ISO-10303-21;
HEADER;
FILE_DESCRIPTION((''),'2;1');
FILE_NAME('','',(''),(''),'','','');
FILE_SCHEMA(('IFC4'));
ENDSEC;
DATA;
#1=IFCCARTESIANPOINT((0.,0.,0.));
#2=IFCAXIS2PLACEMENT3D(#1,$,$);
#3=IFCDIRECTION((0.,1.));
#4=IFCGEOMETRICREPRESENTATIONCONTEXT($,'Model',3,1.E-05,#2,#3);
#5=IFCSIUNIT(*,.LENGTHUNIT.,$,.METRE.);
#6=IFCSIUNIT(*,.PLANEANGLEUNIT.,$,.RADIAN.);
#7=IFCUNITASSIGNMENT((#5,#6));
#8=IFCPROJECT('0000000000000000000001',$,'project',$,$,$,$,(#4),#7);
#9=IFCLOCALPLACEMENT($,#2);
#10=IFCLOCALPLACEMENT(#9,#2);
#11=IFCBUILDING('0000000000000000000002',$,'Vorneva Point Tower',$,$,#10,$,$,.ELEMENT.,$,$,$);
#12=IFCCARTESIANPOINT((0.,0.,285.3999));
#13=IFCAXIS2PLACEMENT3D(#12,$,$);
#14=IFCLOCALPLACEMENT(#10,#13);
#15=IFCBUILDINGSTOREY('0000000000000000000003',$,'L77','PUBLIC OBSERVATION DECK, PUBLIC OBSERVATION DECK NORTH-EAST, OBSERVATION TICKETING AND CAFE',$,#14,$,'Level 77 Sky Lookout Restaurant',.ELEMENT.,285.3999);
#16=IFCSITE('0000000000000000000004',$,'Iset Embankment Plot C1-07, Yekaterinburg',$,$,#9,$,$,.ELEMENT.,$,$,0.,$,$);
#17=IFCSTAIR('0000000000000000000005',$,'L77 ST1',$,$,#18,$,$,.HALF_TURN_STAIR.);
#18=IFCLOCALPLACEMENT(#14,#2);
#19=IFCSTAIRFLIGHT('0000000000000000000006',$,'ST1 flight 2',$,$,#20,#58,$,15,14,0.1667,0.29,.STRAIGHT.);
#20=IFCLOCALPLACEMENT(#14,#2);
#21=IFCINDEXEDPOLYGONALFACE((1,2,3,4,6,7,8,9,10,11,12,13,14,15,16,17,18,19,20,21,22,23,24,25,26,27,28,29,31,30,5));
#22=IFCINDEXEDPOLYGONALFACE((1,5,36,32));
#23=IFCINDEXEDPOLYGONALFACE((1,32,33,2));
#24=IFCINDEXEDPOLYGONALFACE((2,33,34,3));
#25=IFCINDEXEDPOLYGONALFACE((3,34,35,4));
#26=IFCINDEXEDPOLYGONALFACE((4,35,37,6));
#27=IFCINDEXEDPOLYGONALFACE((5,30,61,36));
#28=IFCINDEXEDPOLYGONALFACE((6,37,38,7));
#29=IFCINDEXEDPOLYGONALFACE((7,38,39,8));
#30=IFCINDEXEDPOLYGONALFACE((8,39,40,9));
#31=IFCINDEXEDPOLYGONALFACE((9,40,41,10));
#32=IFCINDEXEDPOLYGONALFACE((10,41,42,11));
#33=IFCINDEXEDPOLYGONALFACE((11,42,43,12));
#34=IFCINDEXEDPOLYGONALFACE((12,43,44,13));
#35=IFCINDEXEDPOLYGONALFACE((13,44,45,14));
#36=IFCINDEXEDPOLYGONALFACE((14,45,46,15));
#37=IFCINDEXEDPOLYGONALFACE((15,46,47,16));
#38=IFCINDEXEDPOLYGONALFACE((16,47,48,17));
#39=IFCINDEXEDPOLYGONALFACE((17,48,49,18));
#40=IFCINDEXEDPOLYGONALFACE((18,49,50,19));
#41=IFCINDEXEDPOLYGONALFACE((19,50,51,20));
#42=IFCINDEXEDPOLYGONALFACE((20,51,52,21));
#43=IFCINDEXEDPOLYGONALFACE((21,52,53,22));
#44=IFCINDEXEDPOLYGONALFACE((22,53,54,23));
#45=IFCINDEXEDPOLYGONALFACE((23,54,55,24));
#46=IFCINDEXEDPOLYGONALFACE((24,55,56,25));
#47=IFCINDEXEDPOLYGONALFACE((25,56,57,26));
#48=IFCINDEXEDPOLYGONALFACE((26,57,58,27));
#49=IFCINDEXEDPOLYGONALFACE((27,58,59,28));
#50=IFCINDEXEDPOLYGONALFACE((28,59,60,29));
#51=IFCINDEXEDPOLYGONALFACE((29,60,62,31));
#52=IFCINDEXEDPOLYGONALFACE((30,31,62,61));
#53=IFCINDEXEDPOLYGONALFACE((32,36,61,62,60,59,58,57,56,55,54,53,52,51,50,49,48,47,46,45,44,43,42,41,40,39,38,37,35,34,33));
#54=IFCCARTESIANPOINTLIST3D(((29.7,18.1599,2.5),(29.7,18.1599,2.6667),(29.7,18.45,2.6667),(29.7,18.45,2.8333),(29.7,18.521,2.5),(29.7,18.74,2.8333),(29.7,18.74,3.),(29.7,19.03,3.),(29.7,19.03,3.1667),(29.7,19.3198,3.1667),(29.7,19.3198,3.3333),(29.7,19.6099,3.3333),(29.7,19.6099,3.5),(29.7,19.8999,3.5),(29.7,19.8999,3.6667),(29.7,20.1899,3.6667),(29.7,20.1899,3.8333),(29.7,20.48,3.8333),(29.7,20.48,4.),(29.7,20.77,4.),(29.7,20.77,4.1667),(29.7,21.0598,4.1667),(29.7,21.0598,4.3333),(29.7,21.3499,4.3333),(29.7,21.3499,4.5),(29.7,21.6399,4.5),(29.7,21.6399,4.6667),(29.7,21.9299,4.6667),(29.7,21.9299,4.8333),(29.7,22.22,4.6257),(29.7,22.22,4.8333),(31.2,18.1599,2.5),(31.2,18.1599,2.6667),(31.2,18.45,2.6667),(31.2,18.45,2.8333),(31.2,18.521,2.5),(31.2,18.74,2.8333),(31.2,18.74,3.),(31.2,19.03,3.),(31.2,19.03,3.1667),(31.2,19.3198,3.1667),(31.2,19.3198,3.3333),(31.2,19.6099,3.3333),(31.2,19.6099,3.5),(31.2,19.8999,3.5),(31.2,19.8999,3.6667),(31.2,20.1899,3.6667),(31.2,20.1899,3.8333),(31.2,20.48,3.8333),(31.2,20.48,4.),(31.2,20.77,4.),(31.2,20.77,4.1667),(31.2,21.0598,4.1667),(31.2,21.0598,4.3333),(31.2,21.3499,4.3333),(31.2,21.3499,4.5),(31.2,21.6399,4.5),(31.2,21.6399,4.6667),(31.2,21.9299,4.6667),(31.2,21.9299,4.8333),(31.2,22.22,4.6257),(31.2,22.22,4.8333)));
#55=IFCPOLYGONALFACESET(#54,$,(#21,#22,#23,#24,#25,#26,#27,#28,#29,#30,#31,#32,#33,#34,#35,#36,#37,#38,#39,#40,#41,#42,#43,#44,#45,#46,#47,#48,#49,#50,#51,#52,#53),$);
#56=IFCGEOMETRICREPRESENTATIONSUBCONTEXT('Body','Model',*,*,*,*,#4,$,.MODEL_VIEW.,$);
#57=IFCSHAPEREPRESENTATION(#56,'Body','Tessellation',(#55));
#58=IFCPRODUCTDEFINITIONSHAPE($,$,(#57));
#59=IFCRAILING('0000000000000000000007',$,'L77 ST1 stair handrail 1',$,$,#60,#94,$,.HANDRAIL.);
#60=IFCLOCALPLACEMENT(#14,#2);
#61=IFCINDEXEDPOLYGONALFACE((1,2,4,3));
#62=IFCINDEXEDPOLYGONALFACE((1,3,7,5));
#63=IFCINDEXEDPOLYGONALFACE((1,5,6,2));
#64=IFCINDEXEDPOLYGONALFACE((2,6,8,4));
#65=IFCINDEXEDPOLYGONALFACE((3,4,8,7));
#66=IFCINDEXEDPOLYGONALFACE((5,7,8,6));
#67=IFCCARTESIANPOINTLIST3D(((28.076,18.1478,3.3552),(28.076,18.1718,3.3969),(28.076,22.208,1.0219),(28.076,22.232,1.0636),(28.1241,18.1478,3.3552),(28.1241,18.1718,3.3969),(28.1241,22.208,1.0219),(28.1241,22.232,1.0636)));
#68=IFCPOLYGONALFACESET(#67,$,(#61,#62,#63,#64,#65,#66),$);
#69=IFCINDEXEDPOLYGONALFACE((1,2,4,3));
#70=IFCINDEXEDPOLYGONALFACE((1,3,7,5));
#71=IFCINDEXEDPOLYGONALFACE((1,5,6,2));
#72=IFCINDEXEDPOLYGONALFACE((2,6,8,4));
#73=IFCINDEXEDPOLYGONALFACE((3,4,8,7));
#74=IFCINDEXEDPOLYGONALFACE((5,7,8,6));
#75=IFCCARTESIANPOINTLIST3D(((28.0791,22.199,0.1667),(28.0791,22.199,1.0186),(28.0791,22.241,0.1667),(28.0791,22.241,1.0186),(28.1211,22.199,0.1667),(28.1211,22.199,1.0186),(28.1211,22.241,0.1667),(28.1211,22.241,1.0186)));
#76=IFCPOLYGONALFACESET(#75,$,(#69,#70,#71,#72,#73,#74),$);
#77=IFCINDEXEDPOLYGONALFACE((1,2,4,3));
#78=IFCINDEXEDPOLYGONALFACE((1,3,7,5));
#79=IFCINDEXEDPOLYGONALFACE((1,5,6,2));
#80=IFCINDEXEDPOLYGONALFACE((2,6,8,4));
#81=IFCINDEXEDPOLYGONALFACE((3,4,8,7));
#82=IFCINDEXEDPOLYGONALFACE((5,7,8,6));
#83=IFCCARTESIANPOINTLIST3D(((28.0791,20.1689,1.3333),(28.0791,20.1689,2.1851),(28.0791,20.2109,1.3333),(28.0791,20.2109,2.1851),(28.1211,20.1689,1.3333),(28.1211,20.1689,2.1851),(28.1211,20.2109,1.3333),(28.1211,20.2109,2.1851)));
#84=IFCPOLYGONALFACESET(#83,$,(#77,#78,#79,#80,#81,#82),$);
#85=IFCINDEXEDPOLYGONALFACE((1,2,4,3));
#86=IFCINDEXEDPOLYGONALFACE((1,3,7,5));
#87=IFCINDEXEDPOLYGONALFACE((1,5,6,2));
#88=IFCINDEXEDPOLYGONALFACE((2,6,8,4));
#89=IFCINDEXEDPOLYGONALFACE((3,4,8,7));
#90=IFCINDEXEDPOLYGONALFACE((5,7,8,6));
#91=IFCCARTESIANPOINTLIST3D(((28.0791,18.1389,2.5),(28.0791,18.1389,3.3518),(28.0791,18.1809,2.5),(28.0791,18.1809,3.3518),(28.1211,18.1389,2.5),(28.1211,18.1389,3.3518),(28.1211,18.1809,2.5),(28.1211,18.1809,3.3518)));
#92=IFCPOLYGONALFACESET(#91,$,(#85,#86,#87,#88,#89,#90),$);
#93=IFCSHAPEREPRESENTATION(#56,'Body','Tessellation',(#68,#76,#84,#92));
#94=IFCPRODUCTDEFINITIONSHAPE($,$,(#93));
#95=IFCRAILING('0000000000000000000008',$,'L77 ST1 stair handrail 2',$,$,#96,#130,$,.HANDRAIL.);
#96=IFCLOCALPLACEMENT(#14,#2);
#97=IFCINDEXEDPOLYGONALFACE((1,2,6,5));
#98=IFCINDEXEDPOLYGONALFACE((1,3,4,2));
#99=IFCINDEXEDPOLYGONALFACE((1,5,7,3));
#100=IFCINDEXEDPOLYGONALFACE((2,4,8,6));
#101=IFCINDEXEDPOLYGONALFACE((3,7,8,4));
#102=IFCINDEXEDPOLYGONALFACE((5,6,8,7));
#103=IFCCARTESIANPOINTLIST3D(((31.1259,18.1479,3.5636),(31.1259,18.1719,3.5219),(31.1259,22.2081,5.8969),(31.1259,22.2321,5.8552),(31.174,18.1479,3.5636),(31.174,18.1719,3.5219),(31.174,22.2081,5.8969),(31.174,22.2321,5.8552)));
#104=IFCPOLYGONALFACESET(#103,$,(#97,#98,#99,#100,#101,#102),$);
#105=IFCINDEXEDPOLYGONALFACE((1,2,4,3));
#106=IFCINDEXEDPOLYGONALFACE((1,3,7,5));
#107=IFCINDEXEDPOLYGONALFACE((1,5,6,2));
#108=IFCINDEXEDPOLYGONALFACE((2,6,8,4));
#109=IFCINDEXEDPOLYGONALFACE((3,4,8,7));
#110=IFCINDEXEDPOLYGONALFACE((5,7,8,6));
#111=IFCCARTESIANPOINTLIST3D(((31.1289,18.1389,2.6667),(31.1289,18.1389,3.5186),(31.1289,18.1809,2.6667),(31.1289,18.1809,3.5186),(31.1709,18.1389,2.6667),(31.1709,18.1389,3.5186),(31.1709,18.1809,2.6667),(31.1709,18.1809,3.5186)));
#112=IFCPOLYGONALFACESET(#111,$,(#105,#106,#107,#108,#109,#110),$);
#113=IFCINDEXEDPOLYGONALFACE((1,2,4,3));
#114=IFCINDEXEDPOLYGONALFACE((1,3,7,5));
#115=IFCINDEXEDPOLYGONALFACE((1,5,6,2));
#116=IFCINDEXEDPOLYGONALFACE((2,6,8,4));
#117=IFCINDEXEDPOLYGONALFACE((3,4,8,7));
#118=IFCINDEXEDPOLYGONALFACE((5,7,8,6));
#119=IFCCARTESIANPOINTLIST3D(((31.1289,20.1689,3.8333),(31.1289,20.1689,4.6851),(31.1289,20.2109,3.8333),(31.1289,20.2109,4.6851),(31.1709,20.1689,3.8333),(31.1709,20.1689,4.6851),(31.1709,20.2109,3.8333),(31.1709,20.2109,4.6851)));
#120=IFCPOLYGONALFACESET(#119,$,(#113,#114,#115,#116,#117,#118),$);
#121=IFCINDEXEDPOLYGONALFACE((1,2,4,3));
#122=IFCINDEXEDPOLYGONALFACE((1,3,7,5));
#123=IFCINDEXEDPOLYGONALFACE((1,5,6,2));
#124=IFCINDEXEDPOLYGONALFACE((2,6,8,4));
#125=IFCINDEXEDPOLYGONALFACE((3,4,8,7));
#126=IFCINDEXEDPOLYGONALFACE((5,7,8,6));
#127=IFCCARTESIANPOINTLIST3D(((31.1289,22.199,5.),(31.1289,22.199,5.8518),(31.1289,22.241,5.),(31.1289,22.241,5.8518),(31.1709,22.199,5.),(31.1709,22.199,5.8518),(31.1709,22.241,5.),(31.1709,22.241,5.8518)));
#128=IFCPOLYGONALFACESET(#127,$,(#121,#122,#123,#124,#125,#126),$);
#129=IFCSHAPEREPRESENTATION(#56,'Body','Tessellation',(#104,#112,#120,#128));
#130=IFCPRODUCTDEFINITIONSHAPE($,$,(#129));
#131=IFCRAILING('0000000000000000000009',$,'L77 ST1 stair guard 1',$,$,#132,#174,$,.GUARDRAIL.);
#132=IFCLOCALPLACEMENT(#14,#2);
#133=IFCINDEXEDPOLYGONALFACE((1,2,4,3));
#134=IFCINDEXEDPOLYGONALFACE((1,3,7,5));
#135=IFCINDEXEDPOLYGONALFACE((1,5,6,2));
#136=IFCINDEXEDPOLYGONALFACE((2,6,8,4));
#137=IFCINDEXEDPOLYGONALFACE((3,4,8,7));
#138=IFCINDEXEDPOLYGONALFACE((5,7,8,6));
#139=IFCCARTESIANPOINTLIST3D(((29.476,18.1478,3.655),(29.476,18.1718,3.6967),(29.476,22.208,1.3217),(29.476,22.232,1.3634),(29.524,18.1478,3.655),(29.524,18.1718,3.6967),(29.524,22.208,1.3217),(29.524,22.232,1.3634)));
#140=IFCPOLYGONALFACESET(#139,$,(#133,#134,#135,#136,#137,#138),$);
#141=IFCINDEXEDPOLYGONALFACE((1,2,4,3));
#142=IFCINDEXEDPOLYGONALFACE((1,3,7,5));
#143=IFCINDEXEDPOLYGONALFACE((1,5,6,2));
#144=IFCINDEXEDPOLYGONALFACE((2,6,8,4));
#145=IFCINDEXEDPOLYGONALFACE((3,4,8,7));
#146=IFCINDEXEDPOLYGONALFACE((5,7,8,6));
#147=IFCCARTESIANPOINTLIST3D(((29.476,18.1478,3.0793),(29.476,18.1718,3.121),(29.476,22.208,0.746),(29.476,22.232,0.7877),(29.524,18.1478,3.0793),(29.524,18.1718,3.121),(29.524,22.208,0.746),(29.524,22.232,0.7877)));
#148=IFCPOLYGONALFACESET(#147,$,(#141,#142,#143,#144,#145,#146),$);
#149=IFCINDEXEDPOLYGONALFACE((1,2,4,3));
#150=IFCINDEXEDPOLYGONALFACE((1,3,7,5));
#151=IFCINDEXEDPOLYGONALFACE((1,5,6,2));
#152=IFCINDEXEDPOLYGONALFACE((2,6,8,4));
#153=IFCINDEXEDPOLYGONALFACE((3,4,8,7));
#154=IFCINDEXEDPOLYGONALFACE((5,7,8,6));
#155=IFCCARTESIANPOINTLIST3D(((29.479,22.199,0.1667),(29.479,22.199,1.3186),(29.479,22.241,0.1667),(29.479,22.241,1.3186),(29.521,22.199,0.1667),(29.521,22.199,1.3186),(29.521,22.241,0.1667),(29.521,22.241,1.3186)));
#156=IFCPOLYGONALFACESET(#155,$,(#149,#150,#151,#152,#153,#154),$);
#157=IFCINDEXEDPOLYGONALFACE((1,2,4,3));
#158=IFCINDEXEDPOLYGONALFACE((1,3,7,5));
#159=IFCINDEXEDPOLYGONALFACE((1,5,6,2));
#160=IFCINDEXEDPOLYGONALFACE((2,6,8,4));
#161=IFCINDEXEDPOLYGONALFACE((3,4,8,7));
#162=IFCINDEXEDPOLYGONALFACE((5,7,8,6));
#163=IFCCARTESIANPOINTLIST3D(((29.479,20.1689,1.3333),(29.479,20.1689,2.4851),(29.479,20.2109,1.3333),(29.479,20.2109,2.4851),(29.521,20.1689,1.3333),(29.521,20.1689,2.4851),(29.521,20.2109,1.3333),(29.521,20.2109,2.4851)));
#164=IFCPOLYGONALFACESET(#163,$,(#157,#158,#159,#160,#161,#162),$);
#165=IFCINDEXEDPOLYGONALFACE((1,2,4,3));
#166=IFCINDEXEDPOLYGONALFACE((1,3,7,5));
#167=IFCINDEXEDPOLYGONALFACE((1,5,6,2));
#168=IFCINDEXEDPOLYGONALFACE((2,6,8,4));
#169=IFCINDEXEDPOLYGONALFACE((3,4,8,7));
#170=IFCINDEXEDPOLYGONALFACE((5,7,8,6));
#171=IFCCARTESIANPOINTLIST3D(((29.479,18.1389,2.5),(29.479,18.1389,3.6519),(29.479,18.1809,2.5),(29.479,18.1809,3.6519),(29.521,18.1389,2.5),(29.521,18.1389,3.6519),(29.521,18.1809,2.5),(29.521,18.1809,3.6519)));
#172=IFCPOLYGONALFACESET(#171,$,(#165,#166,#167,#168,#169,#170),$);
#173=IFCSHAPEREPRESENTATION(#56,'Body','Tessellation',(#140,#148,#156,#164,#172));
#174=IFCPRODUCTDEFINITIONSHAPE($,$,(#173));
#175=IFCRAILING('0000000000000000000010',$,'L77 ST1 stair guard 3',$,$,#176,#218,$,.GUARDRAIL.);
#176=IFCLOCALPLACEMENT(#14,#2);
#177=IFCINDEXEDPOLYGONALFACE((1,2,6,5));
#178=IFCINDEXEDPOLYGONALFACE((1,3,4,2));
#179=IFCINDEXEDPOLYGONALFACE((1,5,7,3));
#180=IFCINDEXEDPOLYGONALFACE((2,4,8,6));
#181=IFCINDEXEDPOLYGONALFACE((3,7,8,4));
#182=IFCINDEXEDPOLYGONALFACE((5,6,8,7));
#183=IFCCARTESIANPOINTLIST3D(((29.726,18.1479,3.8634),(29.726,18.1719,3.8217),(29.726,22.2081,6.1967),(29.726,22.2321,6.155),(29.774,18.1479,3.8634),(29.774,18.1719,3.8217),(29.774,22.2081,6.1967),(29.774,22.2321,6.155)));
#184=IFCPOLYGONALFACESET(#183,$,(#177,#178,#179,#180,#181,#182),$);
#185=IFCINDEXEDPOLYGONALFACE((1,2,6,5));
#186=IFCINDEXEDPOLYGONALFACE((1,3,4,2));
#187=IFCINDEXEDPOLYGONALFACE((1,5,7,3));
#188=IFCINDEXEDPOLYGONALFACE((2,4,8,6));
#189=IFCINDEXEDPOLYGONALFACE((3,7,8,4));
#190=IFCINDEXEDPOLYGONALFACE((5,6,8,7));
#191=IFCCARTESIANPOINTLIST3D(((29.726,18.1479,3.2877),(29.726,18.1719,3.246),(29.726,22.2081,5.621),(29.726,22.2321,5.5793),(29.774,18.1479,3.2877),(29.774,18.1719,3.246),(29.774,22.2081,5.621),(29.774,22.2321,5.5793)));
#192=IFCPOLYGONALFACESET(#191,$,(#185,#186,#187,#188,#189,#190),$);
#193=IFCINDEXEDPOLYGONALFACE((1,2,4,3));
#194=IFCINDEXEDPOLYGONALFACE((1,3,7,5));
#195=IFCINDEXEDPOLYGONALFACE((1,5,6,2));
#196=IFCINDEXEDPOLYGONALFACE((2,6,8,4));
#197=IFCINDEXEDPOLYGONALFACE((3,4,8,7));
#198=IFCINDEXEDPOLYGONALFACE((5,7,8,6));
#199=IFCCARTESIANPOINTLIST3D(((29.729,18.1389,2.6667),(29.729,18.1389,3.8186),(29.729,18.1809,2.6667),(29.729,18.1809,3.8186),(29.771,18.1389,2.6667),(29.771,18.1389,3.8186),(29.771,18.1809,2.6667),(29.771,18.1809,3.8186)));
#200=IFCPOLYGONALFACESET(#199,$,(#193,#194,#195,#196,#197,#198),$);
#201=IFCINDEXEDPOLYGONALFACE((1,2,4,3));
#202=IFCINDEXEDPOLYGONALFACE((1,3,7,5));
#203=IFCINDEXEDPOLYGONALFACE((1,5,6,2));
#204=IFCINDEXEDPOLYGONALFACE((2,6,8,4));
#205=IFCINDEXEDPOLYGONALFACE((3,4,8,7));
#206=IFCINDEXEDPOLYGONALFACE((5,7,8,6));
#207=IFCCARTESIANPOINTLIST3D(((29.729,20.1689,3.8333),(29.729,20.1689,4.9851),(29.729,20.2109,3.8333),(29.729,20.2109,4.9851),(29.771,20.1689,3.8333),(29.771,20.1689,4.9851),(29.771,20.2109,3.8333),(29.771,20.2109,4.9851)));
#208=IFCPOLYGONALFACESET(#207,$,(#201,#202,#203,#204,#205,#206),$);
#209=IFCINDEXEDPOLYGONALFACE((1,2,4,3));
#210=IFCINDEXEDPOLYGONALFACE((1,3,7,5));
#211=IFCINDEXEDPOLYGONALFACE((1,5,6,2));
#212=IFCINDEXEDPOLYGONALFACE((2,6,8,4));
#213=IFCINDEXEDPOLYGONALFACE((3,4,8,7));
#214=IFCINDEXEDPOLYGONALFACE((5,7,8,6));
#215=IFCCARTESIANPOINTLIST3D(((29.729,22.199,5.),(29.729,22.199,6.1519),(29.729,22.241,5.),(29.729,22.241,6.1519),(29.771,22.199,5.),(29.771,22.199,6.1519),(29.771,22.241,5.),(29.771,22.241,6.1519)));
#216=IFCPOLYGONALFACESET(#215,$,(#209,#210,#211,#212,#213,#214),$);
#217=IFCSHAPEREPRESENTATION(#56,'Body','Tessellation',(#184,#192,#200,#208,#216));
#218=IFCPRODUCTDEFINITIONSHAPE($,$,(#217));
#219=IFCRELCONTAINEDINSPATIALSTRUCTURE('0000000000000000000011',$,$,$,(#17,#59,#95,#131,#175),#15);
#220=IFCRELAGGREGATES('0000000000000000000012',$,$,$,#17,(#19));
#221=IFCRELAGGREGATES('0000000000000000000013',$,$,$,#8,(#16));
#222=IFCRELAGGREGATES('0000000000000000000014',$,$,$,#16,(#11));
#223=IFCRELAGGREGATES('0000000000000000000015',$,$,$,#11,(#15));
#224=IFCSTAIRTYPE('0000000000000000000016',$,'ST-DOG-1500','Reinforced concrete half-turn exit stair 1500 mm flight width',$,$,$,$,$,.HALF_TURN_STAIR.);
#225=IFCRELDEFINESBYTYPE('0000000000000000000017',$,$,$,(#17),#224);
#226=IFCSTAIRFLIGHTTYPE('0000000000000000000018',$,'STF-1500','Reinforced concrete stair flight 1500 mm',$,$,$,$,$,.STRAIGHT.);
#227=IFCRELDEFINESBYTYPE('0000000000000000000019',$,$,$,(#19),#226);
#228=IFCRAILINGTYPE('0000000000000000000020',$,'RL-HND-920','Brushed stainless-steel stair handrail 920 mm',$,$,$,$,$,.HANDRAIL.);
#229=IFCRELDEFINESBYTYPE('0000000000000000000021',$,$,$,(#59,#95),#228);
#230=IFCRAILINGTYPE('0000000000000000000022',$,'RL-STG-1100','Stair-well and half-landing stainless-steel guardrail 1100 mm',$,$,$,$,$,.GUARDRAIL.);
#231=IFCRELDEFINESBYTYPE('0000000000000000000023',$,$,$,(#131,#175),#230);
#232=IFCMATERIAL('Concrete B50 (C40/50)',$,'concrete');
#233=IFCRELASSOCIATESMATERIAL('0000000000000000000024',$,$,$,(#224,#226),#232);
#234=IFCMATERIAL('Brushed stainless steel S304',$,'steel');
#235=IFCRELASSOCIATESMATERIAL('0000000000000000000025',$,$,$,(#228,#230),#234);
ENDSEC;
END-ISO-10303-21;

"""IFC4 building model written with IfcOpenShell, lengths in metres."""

from ifc_helpers import new_model, si_unit, direction, frame, origin, origin_2d, place, context, subcontext, project, spatial, polyline, rectangle, outline, extrude, material, type_object, element, aggregate, save


model = new_model("IFC4")

# Units and contexts
model_context = context("Model", 3, precision=1e-05, world=origin(), true_north=direction((0.0, 1.0)))
body_context = subcontext(model_context, "Body", "Model", "MODEL_VIEW")
ifc_project = project(units=[si_unit("LENGTHUNIT", "METRE"), si_unit("PLANEANGLEUNIT", "RADIAN")], contexts=[model_context])

# Site, building, storey
site_placement = place(None, origin())
site = spatial("IfcSite", under=ifc_project, at=site_placement, Name="Iset Embankment Plot C1-07, Yekaterinburg", CompositionType="ELEMENT", RefElevation=0.0)
building_placement = place(site_placement, origin())
building = spatial("IfcBuilding", under=site, at=building_placement, Name="Vorneva Point Tower", CompositionType="ELEMENT")
storey_placement = place(building_placement, frame((0.0, 0.0, 285.3999)))
storey = spatial("IfcBuildingStorey", under=building, at=storey_placement, Name="L77", Description="PUBLIC OBSERVATION DECK, PUBLIC OBSERVATION DECK NORTH-EAST, OBSERVATION TICKETING AND CAFE", LongName="Level 77 Sky Lookout Restaurant", CompositionType="ELEMENT", Elevation=285.3999)

# Shared definitions
ifc_material_1 = material(Name="Concrete B50 (C40/50)", Category="concrete")

# Stair, stair flight
stair_type = type_object("IfcStairType", Name="ST-DOG-1500", Description="Reinforced concrete half-turn exit stair 1500 mm flight width", PredefinedType="HALF_TURN_STAIR", material=ifc_material_1)
stair_placement = place(storey_placement, origin())
stair = element("IfcStair", 1, at=stair_placement, inside=storey, type_object=stair_type, Name="L77 ST1", PredefinedType="HALF_TURN_STAIR")
stair_flight_type = type_object("IfcStairFlightType", Name="STF-1500", Description="Reinforced concrete stair flight 1500 mm", PredefinedType="STRAIGHT", material=ifc_material_1)
stair_flight_1_placement = place(storey_placement, frame((30.45, 18.1599, 2.5), z_axis=(0.0, 0.0, 1.0), x_axis=(0.0, 1.0, 0.0)))
stair_flight_1 = element("IfcStairFlight", 2, at=stair_flight_1_placement, type_object=stair_flight_type, Name="ST1 flight 2", NumberOfRisers=15, NumberOfTreads=14, PredefinedType="STRAIGHT", RiserHeight=0.1667, TreadLength=0.29, context=body_context, shape_type="SweptSolid", body=[
    extrude(outline(polyline([(0.0, 0.0), (0.0, 0.1667), (0.29, 0.1667), (0.29, 0.3333), (0.5801, 0.3333), (0.5801, 0.5), (0.8701, 0.5), (0.8701, 0.6667), (1.1599, 0.6667), (1.1599, 0.8333), (1.45, 0.8333), (1.45, 1.0), (1.74, 1.0), (1.74, 1.1667), (2.03, 1.1667), (2.03, 1.3333), (2.3201, 1.3333), (2.3201, 1.5), (2.6101, 1.5), (2.6101, 1.6667), (2.8999, 1.6667), (2.8999, 1.8333), (3.1899, 1.8333), (3.1899, 2.0), (3.48, 2.0), (3.48, 2.1667), (3.77, 2.1667), (3.77, 2.3333), (4.0601, 2.3333), (4.0601, 2.5), (4.0601, 2.1257), (0.3611, 0.0), (0.0, 0.0)])), frame((0.0, 0.75, 0.0), z_axis=(0.0, -1.0, 0.0), x_axis=(1.0, 0.0, 0.0)), (0.0, 0.0, 1.0), 1.5),
])
aggregate(stair, [stair_flight_1])

# Railings
ifc_material_2 = material(Name="Brushed stainless steel S304", Category="steel")
railing_type_1 = type_object("IfcRailingType", Name="RL-HND-920", Description="Brushed stainless-steel stair handrail 920 mm", PredefinedType="HANDRAIL", material=ifc_material_2)
railing_1_placement = place(storey_placement, frame((28.1001, 22.22, 0.1667)))
element("IfcRailing", 3, at=railing_1_placement, inside=storey, type_object=railing_type_1, Name="L77 ST1 stair handrail 1", PredefinedType="HANDRAIL", context=body_context, shape_type="SweptSolid", body=[
    extrude(rectangle(XDim=0.0481, YDim=0.0481, at=origin_2d()), frame((0.0, 0.0, 0.876), z_axis=(0.0, -0.867025, 0.498265), x_axis=(1.0, 0.0, 0.0)), (0.0, 0.0, 1.0), 4.6829),
    extrude(rectangle(XDim=0.042, YDim=0.042, at=origin_2d()), origin(), (0.0, 0.0, 1.0), 0.8518),
    extrude(rectangle(XDim=0.042, YDim=0.042, at=origin_2d()), frame((0.0, -2.03, 1.1665)), (0.0, 0.0, 1.0), 0.8518),
    extrude(rectangle(XDim=0.042, YDim=0.042, at=origin_2d()), frame((0.0, -4.0601, 2.3333)), (0.0, 0.0, 1.0), 0.8518),
])
railing_2_placement = place(storey_placement, frame((31.1499, 18.1599, 2.6667)))
element("IfcRailing", 4, at=railing_2_placement, inside=storey, type_object=railing_type_1, Name="L77 ST1 stair handrail 2", PredefinedType="HANDRAIL", context=body_context, shape_type="SweptSolid", body=[
    extrude(rectangle(XDim=0.0481, YDim=0.0481, at=origin_2d()), frame((0.0, 0.0, 0.876), z_axis=(0.0, 0.867025, 0.498265), x_axis=(-1.0, 0.0, 0.0)), (0.0, 0.0, 1.0), 4.6829),
    extrude(rectangle(XDim=0.042, YDim=0.042, at=origin_2d()), origin(), (0.0, 0.0, 1.0), 0.8518),
    extrude(rectangle(XDim=0.042, YDim=0.042, at=origin_2d()), frame((0.0, 2.03, 1.1665)), (0.0, 0.0, 1.0), 0.8518),
    extrude(rectangle(XDim=0.042, YDim=0.042, at=origin_2d()), frame((0.0, 4.0601, 2.3333)), (0.0, 0.0, 1.0), 0.8518),
])
railing_type_2 = type_object("IfcRailingType", Name="RL-STG-1100", Description="Stair-well and half-landing stainless-steel guardrail 1100 mm", PredefinedType="GUARDRAIL", material=ifc_material_2)
railing_3_placement = place(storey_placement, frame((29.5, 22.22, 0.1667)))
element("IfcRailing", 5, at=railing_3_placement, inside=storey, type_object=railing_type_2, Name="L77 ST1 stair guard 1", PredefinedType="GUARDRAIL", context=body_context, shape_type="SweptSolid", body=[
    extrude(rectangle(XDim=0.0481, YDim=0.0481, at=origin_2d()), frame((0.0, 0.0, 1.1758), z_axis=(0.0, -0.867025, 0.498265), x_axis=(1.0, 0.0, 0.0)), (0.0, 0.0, 1.0), 4.6829),
    extrude(rectangle(XDim=0.0481, YDim=0.0481, at=origin_2d()), frame((0.0, 0.0, 0.6001), z_axis=(0.0, -0.867025, 0.498265), x_axis=(1.0, 0.0, 0.0)), (0.0, 0.0, 1.0), 4.6829),
    extrude(rectangle(XDim=0.042, YDim=0.042, at=origin_2d()), origin(), (0.0, 0.0, 1.0), 1.1519),
    extrude(rectangle(XDim=0.042, YDim=0.042, at=origin_2d()), frame((0.0, -2.03, 1.1665)), (0.0, 0.0, 1.0), 1.1519),
    extrude(rectangle(XDim=0.042, YDim=0.042, at=origin_2d()), frame((0.0, -4.0601, 2.3333)), (0.0, 0.0, 1.0), 1.1519),
])
railing_4_placement = place(storey_placement, frame((29.75, 18.1599, 2.6667)))
element("IfcRailing", 6, at=railing_4_placement, inside=storey, type_object=railing_type_2, Name="L77 ST1 stair guard 3", PredefinedType="GUARDRAIL", context=body_context, shape_type="SweptSolid", body=[
    extrude(rectangle(XDim=0.0481, YDim=0.0481, at=origin_2d()), frame((0.0, 0.0, 1.1758), z_axis=(0.0, 0.867025, 0.498265), x_axis=(-1.0, 0.0, 0.0)), (0.0, 0.0, 1.0), 4.6829),
    extrude(rectangle(XDim=0.0481, YDim=0.0481, at=origin_2d()), frame((0.0, 0.0, 0.6001), z_axis=(0.0, 0.867025, 0.498265), x_axis=(-1.0, 0.0, 0.0)), (0.0, 0.0, 1.0), 4.6829),
    extrude(rectangle(XDim=0.042, YDim=0.042, at=origin_2d()), origin(), (0.0, 0.0, 1.0), 1.1519),
    extrude(rectangle(XDim=0.042, YDim=0.042, at=origin_2d()), frame((0.0, 2.03, 1.1665)), (0.0, 0.0, 1.0), 1.1519),
    extrude(rectangle(XDim=0.042, YDim=0.042, at=origin_2d()), frame((0.0, 4.0601, 2.3333)), (0.0, 0.0, 1.0), 1.1519),
])

save(model, "model.ifc")
